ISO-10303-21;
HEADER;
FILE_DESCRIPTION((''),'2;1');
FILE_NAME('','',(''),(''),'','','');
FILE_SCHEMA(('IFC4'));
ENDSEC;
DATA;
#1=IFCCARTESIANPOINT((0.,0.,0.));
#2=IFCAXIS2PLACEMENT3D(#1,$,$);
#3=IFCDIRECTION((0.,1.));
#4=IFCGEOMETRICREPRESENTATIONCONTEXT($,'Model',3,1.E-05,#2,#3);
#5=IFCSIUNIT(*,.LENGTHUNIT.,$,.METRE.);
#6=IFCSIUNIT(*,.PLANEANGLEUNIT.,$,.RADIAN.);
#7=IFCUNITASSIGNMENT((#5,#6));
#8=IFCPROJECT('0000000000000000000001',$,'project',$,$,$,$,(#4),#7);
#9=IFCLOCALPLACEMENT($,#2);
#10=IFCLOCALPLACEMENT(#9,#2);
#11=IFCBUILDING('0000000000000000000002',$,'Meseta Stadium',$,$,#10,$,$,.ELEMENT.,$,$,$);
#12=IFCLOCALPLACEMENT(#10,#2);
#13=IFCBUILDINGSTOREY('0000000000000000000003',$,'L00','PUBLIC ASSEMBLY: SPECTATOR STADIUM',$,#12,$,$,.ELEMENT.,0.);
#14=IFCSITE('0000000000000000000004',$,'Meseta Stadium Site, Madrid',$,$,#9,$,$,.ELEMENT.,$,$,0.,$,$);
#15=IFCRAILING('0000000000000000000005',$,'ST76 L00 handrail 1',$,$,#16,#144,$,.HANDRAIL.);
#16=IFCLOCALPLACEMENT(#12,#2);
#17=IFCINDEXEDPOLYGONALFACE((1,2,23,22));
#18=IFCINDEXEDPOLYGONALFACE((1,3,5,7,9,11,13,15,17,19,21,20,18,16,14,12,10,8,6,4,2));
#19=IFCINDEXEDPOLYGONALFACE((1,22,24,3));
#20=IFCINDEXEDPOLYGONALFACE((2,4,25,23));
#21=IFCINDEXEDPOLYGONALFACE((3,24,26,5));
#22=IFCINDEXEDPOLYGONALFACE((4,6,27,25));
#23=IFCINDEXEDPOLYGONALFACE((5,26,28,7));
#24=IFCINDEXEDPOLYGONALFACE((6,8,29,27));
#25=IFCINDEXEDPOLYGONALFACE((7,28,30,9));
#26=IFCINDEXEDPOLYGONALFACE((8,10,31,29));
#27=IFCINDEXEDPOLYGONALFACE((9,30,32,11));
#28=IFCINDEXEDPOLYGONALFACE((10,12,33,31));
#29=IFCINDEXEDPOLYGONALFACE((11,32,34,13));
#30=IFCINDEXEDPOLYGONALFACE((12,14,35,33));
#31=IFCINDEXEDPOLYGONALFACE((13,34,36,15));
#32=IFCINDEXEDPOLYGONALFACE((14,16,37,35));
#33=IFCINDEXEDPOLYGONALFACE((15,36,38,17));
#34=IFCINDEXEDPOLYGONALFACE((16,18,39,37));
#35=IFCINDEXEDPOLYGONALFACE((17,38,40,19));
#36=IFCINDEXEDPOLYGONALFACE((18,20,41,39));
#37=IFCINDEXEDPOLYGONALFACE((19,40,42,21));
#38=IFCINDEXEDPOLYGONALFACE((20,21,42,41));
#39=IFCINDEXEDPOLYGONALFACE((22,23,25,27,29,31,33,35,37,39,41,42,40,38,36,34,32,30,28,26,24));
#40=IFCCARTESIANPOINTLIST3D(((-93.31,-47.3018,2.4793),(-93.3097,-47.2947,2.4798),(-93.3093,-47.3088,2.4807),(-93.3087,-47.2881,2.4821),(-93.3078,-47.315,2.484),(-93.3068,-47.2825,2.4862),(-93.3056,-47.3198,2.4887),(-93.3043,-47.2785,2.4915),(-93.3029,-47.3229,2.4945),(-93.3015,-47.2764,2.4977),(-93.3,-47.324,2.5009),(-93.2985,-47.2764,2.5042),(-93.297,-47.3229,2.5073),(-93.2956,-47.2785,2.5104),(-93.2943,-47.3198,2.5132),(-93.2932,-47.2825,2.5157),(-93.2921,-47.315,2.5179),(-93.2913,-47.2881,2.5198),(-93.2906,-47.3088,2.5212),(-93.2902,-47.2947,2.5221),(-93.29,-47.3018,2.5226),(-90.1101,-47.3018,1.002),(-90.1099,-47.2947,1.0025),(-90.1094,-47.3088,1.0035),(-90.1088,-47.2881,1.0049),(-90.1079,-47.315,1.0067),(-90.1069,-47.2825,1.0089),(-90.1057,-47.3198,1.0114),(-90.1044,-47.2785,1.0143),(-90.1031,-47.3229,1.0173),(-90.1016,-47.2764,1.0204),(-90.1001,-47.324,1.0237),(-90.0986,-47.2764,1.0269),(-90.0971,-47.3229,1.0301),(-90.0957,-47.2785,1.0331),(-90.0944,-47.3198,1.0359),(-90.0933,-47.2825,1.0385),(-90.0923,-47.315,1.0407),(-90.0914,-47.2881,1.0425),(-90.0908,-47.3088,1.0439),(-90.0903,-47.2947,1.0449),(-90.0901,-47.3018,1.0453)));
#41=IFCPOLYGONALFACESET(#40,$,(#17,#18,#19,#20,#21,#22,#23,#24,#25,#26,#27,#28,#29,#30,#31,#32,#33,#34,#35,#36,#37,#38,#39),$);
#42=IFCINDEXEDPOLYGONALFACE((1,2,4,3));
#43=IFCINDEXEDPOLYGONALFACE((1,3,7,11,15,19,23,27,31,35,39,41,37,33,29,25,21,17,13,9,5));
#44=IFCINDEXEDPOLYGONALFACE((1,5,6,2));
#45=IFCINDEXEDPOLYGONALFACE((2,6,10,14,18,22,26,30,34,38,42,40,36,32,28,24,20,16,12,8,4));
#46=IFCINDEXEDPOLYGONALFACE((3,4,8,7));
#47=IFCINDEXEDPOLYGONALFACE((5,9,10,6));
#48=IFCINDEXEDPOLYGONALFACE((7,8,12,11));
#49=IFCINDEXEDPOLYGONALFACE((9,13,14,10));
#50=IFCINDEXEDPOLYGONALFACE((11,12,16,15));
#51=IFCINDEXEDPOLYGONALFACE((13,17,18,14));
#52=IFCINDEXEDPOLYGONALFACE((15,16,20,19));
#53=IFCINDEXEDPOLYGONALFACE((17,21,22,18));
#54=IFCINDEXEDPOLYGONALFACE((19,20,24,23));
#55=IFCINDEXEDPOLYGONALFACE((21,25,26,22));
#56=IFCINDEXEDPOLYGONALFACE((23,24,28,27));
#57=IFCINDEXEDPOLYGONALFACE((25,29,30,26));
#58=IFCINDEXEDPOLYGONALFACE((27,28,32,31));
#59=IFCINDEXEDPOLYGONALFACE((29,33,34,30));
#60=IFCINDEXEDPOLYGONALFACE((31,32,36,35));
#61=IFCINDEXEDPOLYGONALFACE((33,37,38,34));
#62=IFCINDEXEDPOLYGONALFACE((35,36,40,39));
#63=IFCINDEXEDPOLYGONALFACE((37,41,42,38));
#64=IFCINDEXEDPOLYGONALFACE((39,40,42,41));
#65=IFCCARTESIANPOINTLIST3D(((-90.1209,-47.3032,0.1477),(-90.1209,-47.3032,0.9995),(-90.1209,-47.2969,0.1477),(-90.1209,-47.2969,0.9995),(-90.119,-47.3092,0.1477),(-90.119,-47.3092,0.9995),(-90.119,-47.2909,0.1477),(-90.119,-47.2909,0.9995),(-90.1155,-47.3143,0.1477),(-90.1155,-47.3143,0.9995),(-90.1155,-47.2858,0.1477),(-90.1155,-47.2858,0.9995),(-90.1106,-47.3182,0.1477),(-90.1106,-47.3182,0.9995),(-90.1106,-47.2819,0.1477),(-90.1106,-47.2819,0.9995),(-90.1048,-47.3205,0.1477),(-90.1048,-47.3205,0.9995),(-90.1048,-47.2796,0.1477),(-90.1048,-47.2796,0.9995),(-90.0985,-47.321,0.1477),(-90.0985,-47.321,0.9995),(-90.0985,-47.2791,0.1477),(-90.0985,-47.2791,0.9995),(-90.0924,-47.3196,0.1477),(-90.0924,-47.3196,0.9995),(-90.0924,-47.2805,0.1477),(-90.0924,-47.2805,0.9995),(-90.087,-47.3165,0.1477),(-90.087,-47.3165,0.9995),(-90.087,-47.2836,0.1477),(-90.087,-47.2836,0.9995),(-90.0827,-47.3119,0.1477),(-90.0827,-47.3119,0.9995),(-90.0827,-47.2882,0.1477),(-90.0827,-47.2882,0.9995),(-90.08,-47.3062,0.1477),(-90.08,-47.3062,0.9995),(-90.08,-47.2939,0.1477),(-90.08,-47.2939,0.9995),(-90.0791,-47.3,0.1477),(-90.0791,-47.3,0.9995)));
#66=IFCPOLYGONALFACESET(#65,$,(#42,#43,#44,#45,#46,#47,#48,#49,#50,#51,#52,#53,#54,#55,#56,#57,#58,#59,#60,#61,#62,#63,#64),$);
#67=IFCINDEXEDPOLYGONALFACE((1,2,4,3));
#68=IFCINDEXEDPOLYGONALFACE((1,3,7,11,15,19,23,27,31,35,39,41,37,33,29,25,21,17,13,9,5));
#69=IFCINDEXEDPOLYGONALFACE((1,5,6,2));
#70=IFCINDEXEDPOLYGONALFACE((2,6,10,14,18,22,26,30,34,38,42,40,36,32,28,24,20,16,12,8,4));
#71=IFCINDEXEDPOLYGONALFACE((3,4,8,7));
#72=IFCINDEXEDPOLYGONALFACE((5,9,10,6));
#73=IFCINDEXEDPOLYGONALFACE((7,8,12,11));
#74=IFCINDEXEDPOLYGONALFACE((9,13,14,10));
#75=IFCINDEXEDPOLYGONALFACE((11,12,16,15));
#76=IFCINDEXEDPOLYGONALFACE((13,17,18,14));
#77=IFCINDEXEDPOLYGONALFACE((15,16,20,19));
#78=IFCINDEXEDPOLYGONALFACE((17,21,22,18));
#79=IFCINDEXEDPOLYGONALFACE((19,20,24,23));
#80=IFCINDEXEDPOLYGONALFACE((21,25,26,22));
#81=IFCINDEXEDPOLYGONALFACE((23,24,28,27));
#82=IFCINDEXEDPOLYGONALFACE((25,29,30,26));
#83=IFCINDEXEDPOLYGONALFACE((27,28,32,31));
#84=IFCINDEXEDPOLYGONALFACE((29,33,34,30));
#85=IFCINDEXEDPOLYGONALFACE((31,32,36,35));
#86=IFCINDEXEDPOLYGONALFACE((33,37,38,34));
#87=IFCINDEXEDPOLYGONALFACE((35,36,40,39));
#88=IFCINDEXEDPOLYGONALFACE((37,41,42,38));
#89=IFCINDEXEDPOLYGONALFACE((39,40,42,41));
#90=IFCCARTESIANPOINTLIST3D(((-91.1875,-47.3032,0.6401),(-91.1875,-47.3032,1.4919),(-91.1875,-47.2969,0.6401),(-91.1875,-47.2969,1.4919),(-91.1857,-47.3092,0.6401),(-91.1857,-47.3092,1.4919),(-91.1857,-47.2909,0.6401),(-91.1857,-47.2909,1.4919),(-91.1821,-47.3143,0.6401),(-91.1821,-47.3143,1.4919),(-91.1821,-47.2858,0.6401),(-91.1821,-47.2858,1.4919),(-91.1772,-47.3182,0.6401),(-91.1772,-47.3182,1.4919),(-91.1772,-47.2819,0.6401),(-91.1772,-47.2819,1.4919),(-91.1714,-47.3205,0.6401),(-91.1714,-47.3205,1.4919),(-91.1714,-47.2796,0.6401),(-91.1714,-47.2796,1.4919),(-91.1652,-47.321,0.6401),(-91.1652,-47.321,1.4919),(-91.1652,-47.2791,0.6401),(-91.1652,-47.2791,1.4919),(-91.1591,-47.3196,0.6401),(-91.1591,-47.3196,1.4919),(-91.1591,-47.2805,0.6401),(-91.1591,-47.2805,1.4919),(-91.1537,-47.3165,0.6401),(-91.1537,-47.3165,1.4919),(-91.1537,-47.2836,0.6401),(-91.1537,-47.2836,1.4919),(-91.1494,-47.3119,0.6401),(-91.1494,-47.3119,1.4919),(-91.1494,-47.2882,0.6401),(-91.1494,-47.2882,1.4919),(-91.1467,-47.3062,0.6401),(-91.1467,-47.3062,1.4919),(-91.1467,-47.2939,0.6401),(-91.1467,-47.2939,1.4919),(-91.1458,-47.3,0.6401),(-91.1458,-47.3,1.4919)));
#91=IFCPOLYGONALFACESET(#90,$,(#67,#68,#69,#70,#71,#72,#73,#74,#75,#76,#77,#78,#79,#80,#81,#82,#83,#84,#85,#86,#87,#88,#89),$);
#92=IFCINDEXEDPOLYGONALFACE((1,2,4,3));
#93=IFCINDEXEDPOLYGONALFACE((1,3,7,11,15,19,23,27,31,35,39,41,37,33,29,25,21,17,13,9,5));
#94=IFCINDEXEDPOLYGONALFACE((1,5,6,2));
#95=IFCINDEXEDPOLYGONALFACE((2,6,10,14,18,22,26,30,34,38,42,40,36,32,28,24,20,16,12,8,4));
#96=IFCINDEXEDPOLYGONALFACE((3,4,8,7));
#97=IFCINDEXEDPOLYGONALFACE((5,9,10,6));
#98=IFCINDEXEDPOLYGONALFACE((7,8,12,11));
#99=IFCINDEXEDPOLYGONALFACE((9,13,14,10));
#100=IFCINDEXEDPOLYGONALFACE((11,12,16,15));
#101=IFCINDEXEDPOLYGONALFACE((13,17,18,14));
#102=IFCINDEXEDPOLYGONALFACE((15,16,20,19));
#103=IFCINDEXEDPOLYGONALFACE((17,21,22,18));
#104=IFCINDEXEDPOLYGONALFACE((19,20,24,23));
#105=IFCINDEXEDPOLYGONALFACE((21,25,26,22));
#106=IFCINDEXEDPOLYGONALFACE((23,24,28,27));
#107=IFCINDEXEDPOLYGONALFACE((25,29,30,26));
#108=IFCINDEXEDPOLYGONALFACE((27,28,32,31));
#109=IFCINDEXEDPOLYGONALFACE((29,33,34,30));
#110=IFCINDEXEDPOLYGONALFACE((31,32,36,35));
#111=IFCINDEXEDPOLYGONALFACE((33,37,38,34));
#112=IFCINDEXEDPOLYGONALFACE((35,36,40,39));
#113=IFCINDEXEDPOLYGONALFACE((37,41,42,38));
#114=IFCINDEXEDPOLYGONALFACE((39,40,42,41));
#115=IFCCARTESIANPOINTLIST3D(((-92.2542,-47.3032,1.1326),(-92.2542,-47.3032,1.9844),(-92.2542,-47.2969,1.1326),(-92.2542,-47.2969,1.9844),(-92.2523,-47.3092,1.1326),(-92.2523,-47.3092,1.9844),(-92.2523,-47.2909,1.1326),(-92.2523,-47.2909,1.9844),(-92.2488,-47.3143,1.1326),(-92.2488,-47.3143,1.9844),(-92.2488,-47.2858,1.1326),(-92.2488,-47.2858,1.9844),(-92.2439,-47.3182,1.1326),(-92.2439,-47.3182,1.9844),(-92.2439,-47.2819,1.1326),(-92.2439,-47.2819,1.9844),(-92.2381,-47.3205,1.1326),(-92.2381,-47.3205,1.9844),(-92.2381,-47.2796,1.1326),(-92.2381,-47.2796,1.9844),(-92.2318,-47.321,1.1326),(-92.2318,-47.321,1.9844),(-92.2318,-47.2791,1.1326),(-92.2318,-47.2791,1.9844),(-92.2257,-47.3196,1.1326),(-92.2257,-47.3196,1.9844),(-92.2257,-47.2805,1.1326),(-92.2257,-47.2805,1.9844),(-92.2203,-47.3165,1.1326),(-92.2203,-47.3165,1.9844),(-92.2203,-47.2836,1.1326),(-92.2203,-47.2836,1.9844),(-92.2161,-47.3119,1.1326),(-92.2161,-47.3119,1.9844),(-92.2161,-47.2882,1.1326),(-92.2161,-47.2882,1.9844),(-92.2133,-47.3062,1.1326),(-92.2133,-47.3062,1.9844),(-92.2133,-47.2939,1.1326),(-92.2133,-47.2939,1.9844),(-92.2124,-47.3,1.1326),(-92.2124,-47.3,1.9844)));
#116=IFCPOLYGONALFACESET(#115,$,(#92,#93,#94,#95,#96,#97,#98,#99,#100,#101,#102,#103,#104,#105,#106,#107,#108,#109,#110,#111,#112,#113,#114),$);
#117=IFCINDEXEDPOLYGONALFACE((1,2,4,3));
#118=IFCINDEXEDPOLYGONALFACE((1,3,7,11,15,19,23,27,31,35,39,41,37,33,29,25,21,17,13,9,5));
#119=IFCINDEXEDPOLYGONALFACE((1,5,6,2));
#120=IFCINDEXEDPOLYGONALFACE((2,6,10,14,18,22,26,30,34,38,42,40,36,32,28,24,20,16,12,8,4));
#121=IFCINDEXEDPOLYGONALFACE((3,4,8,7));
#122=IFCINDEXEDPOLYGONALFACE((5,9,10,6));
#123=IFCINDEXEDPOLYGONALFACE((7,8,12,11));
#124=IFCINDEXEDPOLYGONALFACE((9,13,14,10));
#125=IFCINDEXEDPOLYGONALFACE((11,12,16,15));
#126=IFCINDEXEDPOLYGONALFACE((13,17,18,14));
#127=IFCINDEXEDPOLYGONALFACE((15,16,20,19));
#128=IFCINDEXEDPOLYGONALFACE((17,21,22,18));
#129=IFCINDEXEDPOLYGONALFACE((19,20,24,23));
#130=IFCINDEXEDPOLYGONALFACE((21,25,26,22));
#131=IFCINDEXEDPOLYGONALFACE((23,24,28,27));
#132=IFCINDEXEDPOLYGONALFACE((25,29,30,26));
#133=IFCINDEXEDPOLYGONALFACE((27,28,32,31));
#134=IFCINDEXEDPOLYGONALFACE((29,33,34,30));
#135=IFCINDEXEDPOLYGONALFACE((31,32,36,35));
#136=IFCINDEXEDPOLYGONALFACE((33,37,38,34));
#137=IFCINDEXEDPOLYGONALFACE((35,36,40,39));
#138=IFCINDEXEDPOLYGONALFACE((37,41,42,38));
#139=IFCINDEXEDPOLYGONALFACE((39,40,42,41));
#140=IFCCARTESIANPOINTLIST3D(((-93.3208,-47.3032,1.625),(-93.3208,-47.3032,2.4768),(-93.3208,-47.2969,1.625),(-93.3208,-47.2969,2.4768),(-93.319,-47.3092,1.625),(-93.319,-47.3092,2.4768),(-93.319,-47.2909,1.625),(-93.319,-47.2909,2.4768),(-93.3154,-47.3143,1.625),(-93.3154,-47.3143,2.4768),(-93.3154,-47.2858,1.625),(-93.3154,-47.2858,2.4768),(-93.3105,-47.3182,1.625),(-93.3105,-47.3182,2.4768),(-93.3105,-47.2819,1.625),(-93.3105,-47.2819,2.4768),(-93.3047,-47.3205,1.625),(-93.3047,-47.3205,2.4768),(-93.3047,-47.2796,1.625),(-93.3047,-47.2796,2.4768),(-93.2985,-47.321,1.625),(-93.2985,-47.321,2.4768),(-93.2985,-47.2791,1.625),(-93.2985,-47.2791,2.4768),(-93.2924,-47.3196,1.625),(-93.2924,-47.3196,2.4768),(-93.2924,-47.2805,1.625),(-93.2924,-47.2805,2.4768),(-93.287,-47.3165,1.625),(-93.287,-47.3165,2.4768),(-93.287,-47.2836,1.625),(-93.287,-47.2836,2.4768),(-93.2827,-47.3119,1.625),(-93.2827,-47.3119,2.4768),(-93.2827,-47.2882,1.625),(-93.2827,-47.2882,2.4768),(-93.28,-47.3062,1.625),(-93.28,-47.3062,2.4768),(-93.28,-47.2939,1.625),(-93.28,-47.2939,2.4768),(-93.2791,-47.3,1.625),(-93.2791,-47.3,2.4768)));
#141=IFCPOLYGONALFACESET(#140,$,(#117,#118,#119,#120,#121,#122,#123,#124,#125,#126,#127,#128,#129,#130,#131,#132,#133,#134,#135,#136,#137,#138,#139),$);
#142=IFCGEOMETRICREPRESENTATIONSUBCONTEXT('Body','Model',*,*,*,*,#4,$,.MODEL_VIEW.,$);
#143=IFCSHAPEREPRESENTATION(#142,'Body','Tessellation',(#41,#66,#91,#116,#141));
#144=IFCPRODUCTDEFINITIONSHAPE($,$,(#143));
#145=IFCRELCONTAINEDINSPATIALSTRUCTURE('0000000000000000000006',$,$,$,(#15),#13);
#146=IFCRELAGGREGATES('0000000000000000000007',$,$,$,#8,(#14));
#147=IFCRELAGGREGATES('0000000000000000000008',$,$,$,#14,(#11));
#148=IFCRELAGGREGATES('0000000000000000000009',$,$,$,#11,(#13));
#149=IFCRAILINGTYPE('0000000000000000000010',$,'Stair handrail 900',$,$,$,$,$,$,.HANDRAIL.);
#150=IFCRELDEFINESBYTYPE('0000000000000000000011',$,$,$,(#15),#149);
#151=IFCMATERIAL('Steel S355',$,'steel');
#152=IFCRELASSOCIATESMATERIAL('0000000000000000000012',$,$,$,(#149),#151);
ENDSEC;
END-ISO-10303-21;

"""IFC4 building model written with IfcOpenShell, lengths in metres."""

from ifc_helpers import new_model, si_unit, direction, frame, origin, origin_2d, place, context, subcontext, project, spatial, circle, extrude, material, type_object, element, save


model = new_model("IFC4")

# Units and contexts
model_context = context("Model", 3, precision=1e-05, world=origin(), true_north=direction((0.0, 1.0)))
body_context = subcontext(model_context, "Body", "Model", "MODEL_VIEW")
ifc_project = project(units=[si_unit("LENGTHUNIT", "METRE"), si_unit("PLANEANGLEUNIT", "RADIAN")], contexts=[model_context])

# Site, building, storey
site_placement = place(None, origin())
site = spatial("IfcSite", under=ifc_project, at=site_placement, Name="Meseta Stadium Site, Madrid", CompositionType="ELEMENT", RefElevation=0.0)
building_placement = place(site_placement, origin())
building = spatial("IfcBuilding", under=site, at=building_placement, Name="Meseta Stadium", CompositionType="ELEMENT")
storey_placement = place(building_placement, origin())
storey = spatial("IfcBuildingStorey", under=building, at=storey_placement, Name="L00", Description="PUBLIC ASSEMBLY: SPECTATOR STADIUM", CompositionType="ELEMENT", Elevation=0.0)

# Railing
ifc_material_1 = material(Name="Steel S355", Category="steel")
railing_type_1 = type_object("IfcRailingType", Name="Stair handrail 900", PredefinedType="HANDRAIL", material=ifc_material_1)
for number, where, name in (
    (1, (-90.1001, -47.3, 0.1477), "ST76 L00 handrail 1"),
):
    element("IfcRailing", number, at=place(storey_placement, frame(where)), inside=storey, type_object=railing_type_1, Name=name, PredefinedType="HANDRAIL", context=body_context, shape_type="SweptSolid", body=[
        extrude(circle(Radius=0.0239, at=origin_2d()), frame((0.0, 0.0, 0.876), z_axis=(-0.907917, 0.0, 0.41915), x_axis=(0.0, -1.0, 0.0)), (0.0, 0.0, 1.0), 3.5244),
        extrude(circle(Radius=0.021, at=origin_2d()), origin(), (0.0, 0.0, 1.0), 0.8518),
        extrude(circle(Radius=0.021, at=origin_2d()), frame((-1.0667, 0.0, 0.4924)), (0.0, 0.0, 1.0), 0.8518),
        extrude(circle(Radius=0.021, at=origin_2d()), frame((-2.1333, 0.0, 0.9849)), (0.0, 0.0, 1.0), 0.8518),
        extrude(circle(Radius=0.021, at=origin_2d()), frame((-3.2, 0.0, 1.4773)), (0.0, 0.0, 1.0), 0.8518),
    ])

save(model, "model.ifc")
